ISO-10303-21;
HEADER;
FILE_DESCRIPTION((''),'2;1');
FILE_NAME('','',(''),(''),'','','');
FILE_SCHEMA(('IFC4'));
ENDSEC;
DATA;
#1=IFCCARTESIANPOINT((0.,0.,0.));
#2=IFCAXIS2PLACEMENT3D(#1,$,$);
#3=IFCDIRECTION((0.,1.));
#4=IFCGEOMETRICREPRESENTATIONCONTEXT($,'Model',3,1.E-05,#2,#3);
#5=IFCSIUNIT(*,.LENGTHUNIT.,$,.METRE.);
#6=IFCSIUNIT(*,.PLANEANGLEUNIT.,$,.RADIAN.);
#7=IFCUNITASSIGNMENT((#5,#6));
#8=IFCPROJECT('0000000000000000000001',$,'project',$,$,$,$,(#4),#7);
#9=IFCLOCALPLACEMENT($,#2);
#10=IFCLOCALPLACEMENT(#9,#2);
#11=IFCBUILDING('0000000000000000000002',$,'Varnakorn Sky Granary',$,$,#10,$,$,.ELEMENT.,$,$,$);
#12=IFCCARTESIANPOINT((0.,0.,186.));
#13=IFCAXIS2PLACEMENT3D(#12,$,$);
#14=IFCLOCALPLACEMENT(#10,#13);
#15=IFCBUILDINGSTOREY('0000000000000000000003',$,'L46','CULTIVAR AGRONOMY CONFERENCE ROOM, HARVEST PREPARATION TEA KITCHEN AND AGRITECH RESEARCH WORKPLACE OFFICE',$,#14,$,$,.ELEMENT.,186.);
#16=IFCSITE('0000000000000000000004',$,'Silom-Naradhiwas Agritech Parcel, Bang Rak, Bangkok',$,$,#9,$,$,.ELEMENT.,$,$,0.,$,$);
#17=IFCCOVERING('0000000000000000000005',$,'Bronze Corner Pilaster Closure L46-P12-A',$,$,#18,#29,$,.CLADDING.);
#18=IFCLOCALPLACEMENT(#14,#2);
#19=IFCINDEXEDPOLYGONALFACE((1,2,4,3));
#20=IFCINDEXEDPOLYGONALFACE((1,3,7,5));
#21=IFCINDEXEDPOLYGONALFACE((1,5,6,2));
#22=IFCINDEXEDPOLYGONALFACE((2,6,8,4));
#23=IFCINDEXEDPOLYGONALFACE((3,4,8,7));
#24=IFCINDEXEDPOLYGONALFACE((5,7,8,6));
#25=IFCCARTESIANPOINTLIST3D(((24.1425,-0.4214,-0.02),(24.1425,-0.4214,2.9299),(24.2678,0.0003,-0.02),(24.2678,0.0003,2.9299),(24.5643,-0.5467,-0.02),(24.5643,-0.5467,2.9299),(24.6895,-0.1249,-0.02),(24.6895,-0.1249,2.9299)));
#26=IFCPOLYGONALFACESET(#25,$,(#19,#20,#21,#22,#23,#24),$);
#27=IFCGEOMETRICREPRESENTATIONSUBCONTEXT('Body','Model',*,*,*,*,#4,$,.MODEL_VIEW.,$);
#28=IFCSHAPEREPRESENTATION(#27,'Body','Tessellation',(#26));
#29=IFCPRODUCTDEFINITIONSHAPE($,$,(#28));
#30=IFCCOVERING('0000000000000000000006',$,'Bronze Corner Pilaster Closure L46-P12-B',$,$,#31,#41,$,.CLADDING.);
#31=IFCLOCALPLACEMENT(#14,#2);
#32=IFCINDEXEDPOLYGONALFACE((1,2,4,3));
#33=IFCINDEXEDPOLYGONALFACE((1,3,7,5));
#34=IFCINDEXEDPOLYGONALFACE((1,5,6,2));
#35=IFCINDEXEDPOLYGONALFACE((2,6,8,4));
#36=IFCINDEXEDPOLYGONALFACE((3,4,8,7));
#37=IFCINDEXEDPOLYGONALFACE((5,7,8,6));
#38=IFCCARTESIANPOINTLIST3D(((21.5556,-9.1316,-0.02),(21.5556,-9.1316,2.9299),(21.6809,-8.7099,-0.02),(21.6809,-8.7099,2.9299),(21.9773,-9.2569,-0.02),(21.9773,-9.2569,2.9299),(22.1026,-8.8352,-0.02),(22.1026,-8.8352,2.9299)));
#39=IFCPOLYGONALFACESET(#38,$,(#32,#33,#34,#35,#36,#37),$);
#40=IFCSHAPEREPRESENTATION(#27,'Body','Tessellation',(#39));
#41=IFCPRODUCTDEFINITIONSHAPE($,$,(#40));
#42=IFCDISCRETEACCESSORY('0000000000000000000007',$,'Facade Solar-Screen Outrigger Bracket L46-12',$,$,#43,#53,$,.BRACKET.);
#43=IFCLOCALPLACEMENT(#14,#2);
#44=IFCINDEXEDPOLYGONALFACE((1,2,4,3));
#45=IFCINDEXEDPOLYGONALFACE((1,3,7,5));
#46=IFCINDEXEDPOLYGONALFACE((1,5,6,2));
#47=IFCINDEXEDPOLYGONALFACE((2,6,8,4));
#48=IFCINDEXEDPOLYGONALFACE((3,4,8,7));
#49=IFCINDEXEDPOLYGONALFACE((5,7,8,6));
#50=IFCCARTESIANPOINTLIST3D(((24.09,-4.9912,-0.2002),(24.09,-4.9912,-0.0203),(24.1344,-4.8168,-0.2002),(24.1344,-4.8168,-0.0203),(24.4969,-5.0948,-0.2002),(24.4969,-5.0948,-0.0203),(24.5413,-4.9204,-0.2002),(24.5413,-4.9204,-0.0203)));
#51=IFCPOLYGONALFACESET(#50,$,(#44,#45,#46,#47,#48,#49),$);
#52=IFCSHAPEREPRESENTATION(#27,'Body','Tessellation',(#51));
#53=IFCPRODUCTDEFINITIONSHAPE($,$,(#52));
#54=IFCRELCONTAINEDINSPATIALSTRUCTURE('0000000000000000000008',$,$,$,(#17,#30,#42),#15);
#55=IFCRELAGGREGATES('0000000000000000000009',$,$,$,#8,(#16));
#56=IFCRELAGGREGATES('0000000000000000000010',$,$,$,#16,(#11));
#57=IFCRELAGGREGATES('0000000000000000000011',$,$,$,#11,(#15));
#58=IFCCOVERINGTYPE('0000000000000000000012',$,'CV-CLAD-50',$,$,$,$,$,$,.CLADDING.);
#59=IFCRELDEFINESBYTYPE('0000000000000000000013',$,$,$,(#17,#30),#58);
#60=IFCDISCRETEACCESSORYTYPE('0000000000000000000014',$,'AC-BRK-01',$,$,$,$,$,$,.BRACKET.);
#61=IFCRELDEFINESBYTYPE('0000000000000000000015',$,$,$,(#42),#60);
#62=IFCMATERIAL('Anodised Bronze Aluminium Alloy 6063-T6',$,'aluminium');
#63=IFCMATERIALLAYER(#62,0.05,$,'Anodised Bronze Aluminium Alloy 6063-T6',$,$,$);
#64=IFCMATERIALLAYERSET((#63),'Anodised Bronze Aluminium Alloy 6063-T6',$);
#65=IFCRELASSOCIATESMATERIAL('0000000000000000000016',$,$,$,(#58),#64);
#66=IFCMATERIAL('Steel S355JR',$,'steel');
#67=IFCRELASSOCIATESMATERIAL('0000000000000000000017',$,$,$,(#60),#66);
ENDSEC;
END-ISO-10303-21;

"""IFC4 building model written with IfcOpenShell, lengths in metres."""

from ifc_helpers import new_model, si_unit, direction, frame, origin, origin_2d, place, context, subcontext, project, spatial, rectangle, extrude, source, transform, mapped, material, layer, layer_set, type_object, type_shapes, element, save


model = new_model("IFC4")

# Units and contexts
model_context = context("Model", 3, precision=1e-05, world=origin(), true_north=direction((0.0, 1.0)))
body_context = subcontext(model_context, "Body", "Model", "MODEL_VIEW")
ifc_project = project(units=[si_unit("LENGTHUNIT", "METRE"), si_unit("PLANEANGLEUNIT", "RADIAN")], contexts=[model_context])

# Site, building, storey
site_placement = place(None, origin())
site = spatial("IfcSite", under=ifc_project, at=site_placement, Name="Silom-Naradhiwas Agritech Parcel, Bang Rak, Bangkok", CompositionType="ELEMENT", RefElevation=0.0)
building_placement = place(site_placement, origin())
building = spatial("IfcBuilding", under=site, at=building_placement, Name="Varnakorn Sky Granary", CompositionType="ELEMENT")
storey_placement = place(building_placement, frame((0.0, 0.0, 186.0)))
storey = spatial("IfcBuildingStorey", under=building, at=storey_placement, Name="L46", Description="CULTIVAR AGRONOMY CONFERENCE ROOM, HARVEST PREPARATION TEA KITCHEN AND AGRITECH RESEARCH WORKPLACE OFFICE", CompositionType="ELEMENT", Elevation=186.0)

# Shared definitions
ifc_material_1 = material(Name="Steel S355JR", Category="steel")

# Shared definitions
ifc_material_2 = material(Name="Anodised Bronze Aluminium Alloy 6063-T6", Category="aluminium")

# Coverings
ifc_layer_1 = layer(ifc_material_2, 0.05, Name="Anodised Bronze Aluminium Alloy 6063-T6")
ifc_layer_set_1 = layer_set([ifc_layer_1], Name="Anodised Bronze Aluminium Alloy 6063-T6")
covering_type = type_object("IfcCoveringType", Name="CV-CLAD-50", PredefinedType="CLADDING", material=ifc_layer_set_1)
shared_shape_1 = source(origin(), body_context, "Body", "SweptSolid", [
    extrude(rectangle(XDim=0.4399, YDim=0.4399, at=origin_2d()), origin(), (0.0, 0.0, 1.0), 2.95),
])
type_shapes(covering_type, [shared_shape_1])
for number, where, z_axis, x_axis, name in (
    (1, (24.416, -0.2732, -0.02), (0.0, 0.0, 1.0), (-0.284685, -0.958621, 0.0), "Bronze Corner Pilaster Closure L46-P12-A"),
    (2, (21.8291, -8.9834, -0.02), (0.0, 0.0, 1.0), (-0.284685, -0.958621, 0.0), "Bronze Corner Pilaster Closure L46-P12-B"),
):
    element("IfcCovering", number, at=place(storey_placement, frame(where, z_axis=z_axis, x_axis=x_axis)), inside=storey, type_object=covering_type, Name=name, PredefinedType="CLADDING", context=body_context, shape_type="MappedRepresentation", body=[
        mapped(shared_shape_1, transform((0.0, 0.0, 0.0), x_axis=(1.0, 0.0, 0.0), y_axis=(0.0, 1.0, 0.0), z_axis=(0.0, 0.0, 1.0), scale=1.0)),
    ])

# Discrete accessory
discrete_accessory_type = type_object("IfcDiscreteAccessoryType", Name="AC-BRK-01", PredefinedType="BRACKET", material=ifc_material_1)
shared_shape_2 = source(origin(), body_context, "Body", "SweptSolid", [
    extrude(rectangle(XDim=0.1799, YDim=0.4199, at=origin_2d()), origin(), (0.0, 0.0, 1.0), 0.1799),
])
type_shapes(discrete_accessory_type, [shared_shape_2])
discrete_accessory_placement = place(storey_placement, frame((24.3157, -4.9558, -0.2002), z_axis=(0.0, 0.0, 1.0), x_axis=(0.246717, 0.969088, 0.0)))
element("IfcDiscreteAccessory", 3, at=discrete_accessory_placement, inside=storey, type_object=discrete_accessory_type, Name="Facade Solar-Screen Outrigger Bracket L46-12", PredefinedType="BRACKET", context=body_context, shape_type="MappedRepresentation", body=[
    mapped(shared_shape_2, transform((0.0, 0.0, 0.0), x_axis=(1.0, 0.0, 0.0), y_axis=(0.0, 1.0, 0.0), z_axis=(0.0, 0.0, 1.0), scale=1.0)),
])

save(model, "model.ifc")
